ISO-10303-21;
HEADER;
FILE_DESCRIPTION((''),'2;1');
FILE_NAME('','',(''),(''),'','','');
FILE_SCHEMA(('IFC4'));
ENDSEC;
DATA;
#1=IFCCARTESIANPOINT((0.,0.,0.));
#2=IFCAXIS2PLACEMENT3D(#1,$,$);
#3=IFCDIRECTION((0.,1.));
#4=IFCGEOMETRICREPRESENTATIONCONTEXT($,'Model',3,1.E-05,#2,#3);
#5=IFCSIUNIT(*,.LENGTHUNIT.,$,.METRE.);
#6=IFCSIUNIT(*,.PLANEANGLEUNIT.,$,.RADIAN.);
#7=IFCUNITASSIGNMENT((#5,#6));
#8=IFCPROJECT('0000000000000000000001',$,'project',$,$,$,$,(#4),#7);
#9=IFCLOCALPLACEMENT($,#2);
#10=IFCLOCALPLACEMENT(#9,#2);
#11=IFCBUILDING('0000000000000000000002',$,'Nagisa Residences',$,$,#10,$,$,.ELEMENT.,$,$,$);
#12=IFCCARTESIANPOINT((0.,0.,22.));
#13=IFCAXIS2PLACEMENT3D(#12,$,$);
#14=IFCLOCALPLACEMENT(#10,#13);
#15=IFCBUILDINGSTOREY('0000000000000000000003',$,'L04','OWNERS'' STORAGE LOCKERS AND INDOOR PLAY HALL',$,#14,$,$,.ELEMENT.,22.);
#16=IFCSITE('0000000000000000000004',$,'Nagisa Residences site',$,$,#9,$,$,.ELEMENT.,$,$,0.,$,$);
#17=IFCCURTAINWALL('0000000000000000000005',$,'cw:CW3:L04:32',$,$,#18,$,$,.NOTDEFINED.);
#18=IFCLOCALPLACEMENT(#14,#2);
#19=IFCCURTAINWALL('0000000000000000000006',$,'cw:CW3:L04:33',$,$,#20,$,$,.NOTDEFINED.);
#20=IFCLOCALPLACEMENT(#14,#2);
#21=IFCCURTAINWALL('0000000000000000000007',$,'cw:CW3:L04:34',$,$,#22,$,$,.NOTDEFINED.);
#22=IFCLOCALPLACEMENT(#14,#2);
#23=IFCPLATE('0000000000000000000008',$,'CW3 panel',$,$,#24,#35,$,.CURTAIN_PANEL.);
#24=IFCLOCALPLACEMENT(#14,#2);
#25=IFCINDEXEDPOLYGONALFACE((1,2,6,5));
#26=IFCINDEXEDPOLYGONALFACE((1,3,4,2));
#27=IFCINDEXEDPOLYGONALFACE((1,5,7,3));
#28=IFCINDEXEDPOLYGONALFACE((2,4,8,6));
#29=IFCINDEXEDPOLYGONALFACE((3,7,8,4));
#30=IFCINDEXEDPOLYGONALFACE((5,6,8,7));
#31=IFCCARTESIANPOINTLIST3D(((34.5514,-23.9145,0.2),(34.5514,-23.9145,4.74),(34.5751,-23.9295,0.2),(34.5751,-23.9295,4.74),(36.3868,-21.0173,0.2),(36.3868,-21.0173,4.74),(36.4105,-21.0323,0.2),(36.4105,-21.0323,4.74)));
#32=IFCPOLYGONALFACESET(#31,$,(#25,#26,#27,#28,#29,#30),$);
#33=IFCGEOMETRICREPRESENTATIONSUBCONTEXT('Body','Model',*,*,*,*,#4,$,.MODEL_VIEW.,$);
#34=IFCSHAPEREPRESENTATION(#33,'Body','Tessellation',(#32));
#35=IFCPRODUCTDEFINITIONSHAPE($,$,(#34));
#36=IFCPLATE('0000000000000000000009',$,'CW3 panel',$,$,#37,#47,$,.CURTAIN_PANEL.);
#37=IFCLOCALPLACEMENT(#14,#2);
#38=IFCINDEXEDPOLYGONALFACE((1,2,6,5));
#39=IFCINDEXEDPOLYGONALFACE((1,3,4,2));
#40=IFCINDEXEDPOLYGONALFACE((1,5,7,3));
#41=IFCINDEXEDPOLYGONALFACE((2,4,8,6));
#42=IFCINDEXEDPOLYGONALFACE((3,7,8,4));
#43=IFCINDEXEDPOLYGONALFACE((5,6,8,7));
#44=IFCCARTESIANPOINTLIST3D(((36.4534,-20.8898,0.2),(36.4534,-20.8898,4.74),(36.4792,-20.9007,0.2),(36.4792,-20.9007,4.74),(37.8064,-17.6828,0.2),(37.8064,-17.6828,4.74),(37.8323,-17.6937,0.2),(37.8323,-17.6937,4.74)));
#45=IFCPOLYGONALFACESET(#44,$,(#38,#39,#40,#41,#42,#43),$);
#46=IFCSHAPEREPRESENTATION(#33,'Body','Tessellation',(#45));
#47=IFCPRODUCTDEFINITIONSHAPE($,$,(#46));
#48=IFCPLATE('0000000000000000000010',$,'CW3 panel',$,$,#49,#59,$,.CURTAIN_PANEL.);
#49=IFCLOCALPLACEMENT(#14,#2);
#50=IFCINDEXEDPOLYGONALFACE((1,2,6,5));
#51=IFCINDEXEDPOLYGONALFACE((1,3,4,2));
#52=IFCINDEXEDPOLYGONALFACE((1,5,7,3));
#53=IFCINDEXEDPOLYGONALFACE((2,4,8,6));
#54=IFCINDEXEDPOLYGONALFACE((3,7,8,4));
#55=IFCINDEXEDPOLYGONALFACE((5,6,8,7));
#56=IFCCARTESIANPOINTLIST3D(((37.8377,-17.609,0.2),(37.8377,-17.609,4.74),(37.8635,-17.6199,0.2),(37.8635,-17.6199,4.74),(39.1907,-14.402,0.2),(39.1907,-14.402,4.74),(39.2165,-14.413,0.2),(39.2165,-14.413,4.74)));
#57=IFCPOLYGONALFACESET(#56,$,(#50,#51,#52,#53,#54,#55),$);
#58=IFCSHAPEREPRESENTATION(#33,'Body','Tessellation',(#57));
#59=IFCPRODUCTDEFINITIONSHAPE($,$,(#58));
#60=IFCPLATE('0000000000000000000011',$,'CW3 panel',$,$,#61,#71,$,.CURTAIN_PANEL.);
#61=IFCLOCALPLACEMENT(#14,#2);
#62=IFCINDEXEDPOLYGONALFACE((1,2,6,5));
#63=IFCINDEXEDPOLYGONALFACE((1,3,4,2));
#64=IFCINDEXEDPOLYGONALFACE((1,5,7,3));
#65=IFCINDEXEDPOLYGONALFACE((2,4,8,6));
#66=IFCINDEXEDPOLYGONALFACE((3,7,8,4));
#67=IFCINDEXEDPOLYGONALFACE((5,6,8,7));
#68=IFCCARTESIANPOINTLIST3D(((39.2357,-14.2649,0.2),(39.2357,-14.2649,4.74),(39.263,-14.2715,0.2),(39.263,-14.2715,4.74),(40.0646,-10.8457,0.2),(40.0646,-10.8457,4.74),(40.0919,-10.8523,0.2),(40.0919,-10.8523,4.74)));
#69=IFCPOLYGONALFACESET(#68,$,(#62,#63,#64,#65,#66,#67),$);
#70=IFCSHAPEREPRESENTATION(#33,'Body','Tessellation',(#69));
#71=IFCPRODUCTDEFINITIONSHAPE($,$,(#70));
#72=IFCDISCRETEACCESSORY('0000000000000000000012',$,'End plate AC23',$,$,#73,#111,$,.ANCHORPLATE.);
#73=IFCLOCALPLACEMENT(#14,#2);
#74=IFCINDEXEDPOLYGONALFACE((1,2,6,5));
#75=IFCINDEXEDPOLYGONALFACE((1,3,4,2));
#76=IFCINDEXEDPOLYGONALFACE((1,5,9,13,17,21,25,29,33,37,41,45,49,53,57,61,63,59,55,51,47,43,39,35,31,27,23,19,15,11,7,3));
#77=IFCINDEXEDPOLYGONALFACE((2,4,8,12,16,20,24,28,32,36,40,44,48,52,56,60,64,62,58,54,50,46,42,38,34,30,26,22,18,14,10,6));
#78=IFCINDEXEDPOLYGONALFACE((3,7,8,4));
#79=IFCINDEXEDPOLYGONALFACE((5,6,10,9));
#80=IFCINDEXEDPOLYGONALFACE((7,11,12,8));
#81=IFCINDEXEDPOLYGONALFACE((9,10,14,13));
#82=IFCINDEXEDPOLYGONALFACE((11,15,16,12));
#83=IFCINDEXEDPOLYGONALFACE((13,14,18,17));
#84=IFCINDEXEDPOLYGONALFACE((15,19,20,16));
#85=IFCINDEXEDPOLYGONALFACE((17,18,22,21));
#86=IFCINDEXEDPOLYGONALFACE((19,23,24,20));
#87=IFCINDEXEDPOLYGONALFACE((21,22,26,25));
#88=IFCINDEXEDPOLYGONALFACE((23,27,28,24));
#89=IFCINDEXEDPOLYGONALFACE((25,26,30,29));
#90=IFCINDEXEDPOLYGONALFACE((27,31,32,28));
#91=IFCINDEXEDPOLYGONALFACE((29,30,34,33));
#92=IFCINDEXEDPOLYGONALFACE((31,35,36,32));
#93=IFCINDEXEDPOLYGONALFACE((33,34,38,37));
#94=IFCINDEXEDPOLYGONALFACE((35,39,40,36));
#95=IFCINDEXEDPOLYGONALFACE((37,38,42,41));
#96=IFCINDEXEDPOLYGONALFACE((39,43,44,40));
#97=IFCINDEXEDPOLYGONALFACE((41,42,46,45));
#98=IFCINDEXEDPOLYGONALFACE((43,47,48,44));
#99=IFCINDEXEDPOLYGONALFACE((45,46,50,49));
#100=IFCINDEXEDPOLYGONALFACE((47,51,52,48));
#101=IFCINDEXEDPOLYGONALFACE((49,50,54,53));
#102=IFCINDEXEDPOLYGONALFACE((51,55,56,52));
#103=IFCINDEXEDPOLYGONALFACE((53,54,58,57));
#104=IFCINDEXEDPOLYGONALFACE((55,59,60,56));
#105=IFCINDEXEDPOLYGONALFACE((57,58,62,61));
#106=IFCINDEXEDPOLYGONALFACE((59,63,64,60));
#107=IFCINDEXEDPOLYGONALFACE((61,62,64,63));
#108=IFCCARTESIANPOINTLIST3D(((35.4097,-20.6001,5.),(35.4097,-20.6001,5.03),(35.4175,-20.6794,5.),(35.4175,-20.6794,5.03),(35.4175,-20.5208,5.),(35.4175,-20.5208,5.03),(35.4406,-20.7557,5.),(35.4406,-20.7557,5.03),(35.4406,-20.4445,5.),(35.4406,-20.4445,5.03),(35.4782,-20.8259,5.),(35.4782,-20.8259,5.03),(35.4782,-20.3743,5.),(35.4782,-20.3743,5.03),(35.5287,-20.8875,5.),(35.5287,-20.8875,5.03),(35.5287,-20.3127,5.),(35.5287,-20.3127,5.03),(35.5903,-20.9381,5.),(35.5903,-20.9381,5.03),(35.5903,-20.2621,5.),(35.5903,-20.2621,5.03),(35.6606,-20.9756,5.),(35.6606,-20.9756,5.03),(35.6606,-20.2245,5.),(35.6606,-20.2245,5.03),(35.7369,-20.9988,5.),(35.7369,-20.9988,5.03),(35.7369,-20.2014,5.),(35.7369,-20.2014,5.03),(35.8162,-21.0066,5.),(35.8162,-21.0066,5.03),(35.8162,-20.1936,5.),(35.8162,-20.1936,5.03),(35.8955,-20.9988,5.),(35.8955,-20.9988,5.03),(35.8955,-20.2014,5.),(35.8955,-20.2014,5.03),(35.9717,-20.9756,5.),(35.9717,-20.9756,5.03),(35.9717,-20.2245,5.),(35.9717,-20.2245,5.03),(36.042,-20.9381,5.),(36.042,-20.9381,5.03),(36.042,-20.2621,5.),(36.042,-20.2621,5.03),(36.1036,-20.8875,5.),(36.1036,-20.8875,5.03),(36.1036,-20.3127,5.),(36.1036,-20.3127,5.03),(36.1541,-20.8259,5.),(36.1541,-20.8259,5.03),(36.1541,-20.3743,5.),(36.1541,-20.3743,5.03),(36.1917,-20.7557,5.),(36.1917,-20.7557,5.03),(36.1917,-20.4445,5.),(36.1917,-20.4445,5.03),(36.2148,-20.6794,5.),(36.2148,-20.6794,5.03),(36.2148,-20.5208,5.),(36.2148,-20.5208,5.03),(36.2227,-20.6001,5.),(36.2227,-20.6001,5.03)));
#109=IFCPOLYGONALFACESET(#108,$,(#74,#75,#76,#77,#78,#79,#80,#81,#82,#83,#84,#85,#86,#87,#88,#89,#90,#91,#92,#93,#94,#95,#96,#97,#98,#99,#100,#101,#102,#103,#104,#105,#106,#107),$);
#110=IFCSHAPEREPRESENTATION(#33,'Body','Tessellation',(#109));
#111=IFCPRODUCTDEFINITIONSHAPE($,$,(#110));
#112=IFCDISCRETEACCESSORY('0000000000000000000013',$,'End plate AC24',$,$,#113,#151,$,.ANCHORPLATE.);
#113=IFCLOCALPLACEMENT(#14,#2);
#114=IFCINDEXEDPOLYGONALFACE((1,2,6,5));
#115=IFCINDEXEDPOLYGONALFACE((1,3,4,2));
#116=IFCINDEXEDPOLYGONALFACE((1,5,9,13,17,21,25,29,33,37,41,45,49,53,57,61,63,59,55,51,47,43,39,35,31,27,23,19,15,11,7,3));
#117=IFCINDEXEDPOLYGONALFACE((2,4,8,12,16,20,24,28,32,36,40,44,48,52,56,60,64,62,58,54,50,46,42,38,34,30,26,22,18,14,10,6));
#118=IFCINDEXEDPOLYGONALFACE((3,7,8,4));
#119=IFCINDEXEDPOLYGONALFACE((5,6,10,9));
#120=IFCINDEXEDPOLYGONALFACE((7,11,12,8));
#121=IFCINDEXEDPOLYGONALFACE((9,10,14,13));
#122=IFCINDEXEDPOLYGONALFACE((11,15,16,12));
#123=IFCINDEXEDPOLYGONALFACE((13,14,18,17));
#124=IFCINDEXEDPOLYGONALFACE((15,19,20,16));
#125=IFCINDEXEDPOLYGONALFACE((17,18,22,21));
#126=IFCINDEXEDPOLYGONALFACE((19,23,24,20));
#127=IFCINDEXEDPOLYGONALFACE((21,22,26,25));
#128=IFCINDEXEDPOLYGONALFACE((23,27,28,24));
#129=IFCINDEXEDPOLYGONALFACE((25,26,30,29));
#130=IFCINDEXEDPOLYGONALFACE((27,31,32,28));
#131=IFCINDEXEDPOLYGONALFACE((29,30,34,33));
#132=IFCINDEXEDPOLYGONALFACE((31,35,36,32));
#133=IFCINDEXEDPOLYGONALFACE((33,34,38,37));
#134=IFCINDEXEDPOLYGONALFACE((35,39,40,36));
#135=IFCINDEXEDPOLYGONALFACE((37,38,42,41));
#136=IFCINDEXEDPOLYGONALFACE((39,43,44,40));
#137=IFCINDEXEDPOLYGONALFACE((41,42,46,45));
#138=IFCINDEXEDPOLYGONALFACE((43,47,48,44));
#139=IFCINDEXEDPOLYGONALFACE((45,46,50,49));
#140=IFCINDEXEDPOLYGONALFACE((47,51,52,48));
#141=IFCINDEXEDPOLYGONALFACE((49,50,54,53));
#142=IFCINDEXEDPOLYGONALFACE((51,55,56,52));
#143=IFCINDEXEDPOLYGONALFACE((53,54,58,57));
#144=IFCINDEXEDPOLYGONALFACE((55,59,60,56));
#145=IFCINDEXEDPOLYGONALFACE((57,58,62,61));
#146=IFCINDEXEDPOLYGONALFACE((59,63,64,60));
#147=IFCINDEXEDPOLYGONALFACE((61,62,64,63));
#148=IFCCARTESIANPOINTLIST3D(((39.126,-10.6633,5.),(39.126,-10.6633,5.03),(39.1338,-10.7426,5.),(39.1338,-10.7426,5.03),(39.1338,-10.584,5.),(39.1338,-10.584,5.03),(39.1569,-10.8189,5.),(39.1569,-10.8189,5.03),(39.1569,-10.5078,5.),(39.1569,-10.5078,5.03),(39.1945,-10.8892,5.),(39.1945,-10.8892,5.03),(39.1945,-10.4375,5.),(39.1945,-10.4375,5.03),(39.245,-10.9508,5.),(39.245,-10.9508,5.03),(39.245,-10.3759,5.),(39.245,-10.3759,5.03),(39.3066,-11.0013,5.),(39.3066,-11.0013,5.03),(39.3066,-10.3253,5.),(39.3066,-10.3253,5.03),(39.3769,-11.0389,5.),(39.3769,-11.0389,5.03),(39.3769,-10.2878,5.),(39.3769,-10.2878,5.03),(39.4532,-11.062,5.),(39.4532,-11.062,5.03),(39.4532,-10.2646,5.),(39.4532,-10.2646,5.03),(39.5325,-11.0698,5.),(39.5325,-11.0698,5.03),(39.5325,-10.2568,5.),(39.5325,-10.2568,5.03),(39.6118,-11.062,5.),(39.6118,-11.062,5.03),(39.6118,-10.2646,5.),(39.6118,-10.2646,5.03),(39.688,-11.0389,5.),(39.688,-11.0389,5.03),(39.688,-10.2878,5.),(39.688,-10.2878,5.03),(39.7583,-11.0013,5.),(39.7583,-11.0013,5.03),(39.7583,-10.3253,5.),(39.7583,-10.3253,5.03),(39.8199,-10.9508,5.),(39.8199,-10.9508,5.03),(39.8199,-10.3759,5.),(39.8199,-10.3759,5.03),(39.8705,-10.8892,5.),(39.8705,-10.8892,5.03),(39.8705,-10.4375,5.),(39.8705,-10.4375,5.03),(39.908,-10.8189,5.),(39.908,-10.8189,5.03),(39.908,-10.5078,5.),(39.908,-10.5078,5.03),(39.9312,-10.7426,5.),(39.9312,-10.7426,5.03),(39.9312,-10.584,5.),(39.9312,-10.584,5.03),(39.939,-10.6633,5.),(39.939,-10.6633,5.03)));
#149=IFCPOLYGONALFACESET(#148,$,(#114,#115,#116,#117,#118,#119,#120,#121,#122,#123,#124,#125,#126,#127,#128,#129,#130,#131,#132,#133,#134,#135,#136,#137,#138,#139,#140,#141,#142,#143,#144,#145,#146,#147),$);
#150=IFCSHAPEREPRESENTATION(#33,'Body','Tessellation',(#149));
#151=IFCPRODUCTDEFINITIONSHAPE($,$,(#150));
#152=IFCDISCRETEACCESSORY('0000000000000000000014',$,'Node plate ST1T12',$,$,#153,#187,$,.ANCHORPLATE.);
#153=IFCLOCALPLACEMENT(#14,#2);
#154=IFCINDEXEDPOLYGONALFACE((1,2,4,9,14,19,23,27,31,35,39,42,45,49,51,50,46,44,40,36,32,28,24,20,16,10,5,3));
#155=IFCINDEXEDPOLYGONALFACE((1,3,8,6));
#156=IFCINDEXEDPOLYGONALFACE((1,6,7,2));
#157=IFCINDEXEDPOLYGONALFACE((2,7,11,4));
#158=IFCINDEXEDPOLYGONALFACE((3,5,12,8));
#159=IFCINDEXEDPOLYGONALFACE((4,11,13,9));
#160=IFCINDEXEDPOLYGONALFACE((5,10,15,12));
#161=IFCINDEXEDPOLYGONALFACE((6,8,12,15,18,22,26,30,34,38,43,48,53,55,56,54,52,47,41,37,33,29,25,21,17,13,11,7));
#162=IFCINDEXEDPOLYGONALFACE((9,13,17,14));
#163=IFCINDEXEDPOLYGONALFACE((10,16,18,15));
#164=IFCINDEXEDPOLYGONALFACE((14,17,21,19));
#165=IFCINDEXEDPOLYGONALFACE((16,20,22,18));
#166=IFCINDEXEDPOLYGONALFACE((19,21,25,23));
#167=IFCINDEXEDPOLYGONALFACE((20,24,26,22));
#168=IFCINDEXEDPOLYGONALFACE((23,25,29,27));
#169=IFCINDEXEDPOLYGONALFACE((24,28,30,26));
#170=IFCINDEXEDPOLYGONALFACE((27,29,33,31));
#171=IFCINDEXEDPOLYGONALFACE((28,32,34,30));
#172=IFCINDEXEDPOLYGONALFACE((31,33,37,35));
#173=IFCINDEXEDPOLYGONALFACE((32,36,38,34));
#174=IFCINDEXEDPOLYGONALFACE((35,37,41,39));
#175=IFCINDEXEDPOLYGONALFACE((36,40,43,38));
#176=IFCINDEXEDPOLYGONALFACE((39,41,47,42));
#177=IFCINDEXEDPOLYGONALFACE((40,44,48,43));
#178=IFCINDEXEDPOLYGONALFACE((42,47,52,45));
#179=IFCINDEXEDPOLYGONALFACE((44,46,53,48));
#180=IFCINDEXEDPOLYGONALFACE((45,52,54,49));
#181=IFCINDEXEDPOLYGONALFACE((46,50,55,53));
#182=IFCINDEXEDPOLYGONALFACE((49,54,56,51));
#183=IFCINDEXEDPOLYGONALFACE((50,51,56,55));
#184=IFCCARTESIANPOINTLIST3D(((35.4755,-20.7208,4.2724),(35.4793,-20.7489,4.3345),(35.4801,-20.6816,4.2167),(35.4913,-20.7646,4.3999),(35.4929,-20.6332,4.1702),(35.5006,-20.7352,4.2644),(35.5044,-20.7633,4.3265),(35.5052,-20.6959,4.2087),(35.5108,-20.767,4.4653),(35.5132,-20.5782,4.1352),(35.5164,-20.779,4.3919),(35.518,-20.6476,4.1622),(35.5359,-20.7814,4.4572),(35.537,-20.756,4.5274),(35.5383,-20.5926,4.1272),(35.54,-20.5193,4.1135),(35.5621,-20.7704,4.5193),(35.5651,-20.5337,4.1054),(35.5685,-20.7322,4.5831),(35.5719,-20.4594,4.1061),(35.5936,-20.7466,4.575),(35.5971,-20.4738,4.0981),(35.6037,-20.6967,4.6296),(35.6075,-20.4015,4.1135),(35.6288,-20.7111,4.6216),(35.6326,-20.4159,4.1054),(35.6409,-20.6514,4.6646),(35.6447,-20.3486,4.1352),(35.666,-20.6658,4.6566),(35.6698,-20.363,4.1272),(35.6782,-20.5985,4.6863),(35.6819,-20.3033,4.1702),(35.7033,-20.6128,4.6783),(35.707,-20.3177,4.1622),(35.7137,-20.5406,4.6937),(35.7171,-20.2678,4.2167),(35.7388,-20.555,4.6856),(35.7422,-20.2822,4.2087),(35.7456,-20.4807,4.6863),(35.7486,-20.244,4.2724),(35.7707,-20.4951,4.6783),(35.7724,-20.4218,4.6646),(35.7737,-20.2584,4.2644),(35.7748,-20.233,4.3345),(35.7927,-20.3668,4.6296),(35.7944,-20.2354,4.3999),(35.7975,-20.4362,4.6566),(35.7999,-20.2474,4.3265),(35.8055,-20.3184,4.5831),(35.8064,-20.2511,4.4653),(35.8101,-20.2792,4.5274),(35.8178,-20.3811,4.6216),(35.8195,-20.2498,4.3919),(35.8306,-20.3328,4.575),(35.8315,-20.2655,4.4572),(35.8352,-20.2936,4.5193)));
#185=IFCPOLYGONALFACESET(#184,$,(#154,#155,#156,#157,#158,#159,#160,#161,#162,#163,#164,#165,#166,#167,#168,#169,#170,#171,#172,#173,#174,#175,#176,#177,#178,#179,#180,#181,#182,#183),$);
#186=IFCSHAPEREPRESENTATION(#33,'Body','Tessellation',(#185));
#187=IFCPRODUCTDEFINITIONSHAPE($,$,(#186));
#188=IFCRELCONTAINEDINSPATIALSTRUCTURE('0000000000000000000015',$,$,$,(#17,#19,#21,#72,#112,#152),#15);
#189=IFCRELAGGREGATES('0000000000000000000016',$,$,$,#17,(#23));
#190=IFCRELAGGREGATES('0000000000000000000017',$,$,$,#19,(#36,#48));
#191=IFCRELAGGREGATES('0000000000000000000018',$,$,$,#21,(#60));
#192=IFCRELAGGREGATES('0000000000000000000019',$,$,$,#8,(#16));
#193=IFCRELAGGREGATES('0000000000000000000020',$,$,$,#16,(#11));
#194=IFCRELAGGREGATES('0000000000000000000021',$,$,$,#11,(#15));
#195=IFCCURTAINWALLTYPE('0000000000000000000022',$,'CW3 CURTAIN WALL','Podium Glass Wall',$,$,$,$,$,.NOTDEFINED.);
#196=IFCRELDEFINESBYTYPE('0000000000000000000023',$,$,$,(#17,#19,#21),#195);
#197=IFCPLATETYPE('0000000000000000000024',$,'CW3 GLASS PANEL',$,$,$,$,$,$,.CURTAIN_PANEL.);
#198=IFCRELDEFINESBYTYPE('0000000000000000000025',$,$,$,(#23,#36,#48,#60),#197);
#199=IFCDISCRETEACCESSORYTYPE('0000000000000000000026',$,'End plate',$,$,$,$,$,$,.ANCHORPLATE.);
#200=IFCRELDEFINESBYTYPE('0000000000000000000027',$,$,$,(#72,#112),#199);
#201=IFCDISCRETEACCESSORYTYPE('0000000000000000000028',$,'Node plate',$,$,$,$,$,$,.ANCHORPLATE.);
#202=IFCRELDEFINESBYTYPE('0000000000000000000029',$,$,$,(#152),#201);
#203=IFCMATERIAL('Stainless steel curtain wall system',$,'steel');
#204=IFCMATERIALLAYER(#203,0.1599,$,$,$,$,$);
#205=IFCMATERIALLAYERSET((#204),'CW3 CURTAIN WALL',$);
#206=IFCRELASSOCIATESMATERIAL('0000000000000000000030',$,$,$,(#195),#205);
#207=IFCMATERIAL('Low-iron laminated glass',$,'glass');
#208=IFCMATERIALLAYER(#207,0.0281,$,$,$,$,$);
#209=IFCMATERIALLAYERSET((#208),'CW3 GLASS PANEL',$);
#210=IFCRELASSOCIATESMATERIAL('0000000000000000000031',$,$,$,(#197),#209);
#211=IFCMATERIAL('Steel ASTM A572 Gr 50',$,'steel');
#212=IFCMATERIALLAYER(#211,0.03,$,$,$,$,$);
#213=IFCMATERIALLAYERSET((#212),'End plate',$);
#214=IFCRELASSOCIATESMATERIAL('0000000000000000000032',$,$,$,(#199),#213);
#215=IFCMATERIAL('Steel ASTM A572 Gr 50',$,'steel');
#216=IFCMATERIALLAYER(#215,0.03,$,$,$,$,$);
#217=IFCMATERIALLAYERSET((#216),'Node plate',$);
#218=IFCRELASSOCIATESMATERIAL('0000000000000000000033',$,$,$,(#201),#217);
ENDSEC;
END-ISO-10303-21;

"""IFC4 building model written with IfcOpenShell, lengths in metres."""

from ifc_helpers import new_model, si_unit, direction, frame, origin, origin_2d, place, context, subcontext, project, spatial, rectangle, circle, extrude, material, layer, layer_set, type_object, element, aggregate, save


model = new_model("IFC4")

# Units and contexts
model_context = context("Model", 3, precision=1e-05, world=origin(), true_north=direction((0.0, 1.0)))
body_context = subcontext(model_context, "Body", "Model", "MODEL_VIEW")
ifc_project = project(units=[si_unit("LENGTHUNIT", "METRE"), si_unit("PLANEANGLEUNIT", "RADIAN")], contexts=[model_context])

# Site, building, storey
site_placement = place(None, origin())
site = spatial("IfcSite", under=ifc_project, at=site_placement, Name="Nagisa Residences site", CompositionType="ELEMENT", RefElevation=0.0)
building_placement = place(site_placement, origin())
building = spatial("IfcBuilding", under=site, at=building_placement, Name="Nagisa Residences", CompositionType="ELEMENT")
storey_placement = place(building_placement, frame((0.0, 0.0, 22.0)))
storey = spatial("IfcBuildingStorey", under=building, at=storey_placement, Name="L04", Description="OWNERS' STORAGE LOCKERS AND INDOOR PLAY HALL", CompositionType="ELEMENT", Elevation=22.0)

# Curtain wall
ifc_material_1 = material(Name="Stainless steel curtain wall system", Category="steel")
ifc_layer_1 = layer(ifc_material_1, 0.1599)
ifc_layer_set_1 = layer_set([ifc_layer_1], Name="CW3 CURTAIN WALL")
curtain_wall_type = type_object("IfcCurtainWallType", Name="CW3 CURTAIN WALL", Description="Podium Glass Wall", PredefinedType="NOTDEFINED", material=ifc_layer_set_1)
curtain_wall_1_placement = place(storey_placement, origin())
curtain_wall_1 = element("IfcCurtainWall", 1, at=curtain_wall_1_placement, inside=storey, type_object=curtain_wall_type, Name="cw:CW3:L04:32", PredefinedType="NOTDEFINED")

# Curtain walls
curtain_wall_2_placement = place(storey_placement, origin())
curtain_wall_2 = element("IfcCurtainWall", 2, at=curtain_wall_2_placement, inside=storey, type_object=curtain_wall_type, Name="cw:CW3:L04:33", PredefinedType="NOTDEFINED")
curtain_wall_3_placement = place(storey_placement, origin())
curtain_wall_3 = element("IfcCurtainWall", 3, at=curtain_wall_3_placement, inside=storey, type_object=curtain_wall_type, Name="cw:CW3:L04:34", PredefinedType="NOTDEFINED")

# Plates
ifc_material_2 = material(Name="Low-iron laminated glass", Category="glass")
ifc_layer_2 = layer(ifc_material_2, 0.0281)
ifc_layer_set_2 = layer_set([ifc_layer_2], Name="CW3 GLASS PANEL")
plate_type = type_object("IfcPlateType", Name="CW3 GLASS PANEL", PredefinedType="CURTAIN_PANEL", material=ifc_layer_set_2)
plate_1_placement = place(storey_placement, frame((35.481, -22.4734, 0.2), z_axis=(0.0, 0.0, 1.0), x_axis=(0.535165, 0.844747, 0.0)))
plate_1 = element("IfcPlate", 4, at=plate_1_placement, type_object=plate_type, Name="CW3 panel", PredefinedType="CURTAIN_PANEL", context=body_context, shape_type="SweptSolid", body=[
    extrude(rectangle(XDim=3.4297, YDim=0.0281, at=origin_2d()), origin(), (0.0, 0.0, 1.0), 4.54),
])
aggregate(curtain_wall_1, [plate_1])
plate_2_placement = place(storey_placement, frame((37.1428, -19.2917, 0.2), z_axis=(0.0, 0.0, 1.0), x_axis=(0.388718, 0.921357, 0.0)))
plate_2 = element("IfcPlate", 5, at=plate_2_placement, type_object=plate_type, Name="CW3 panel", PredefinedType="CURTAIN_PANEL", context=body_context, shape_type="SweptSolid", body=[
    extrude(rectangle(XDim=3.4807, YDim=0.0281, at=origin_2d()), origin(), (0.0, 0.0, 1.0), 4.54),
])
plate_3_placement = place(storey_placement, frame((38.5271, -16.011, 0.2), z_axis=(0.0, 0.0, 1.0), x_axis=(0.388718, 0.921357, 0.0)))
plate_3 = element("IfcPlate", 6, at=plate_3_placement, type_object=plate_type, Name="CW3 panel", PredefinedType="CURTAIN_PANEL", context=body_context, shape_type="SweptSolid", body=[
    extrude(rectangle(XDim=3.4807, YDim=0.0281, at=origin_2d()), origin(), (0.0, 0.0, 1.0), 4.54),
])
aggregate(curtain_wall_2, [plate_2, plate_3])
plate_4_placement = place(storey_placement, frame((39.6638, -12.5586, 0.2), z_axis=(0.0, 0.0, 1.0), x_axis=(0.235606, 0.971849, 0.0)))
plate_4 = element("IfcPlate", 7, at=plate_4_placement, type_object=plate_type, Name="CW3 panel", PredefinedType="CURTAIN_PANEL", context=body_context, shape_type="SweptSolid", body=[
    extrude(rectangle(XDim=3.5183, YDim=0.0281, at=origin_2d()), origin(), (0.0, 0.0, 1.0), 4.54),
])
aggregate(curtain_wall_3, [plate_4])

# Discrete accessories
ifc_material_3 = material(Name="Steel ASTM A572 Gr 50", Category="steel")
ifc_layer_3 = layer(ifc_material_3, 0.03)
ifc_layer_set_3 = layer_set([ifc_layer_3], Name="End plate")
discrete_accessory_type_1 = type_object("IfcDiscreteAccessoryType", Name="End plate", PredefinedType="ANCHORPLATE", material=ifc_layer_set_3)
for number, where, z_axis, x_axis, name in (
    (8, (35.8162, -20.6001, 5.0), (0.0, 0.0, 1.0), (1.0, 0.0, 0.0), "End plate AC23"),
    (9, (39.5325, -10.6633, 5.0), (0.0, 0.0, 1.0), (1.0, 0.0, 0.0), "End plate AC24"),
):
    element("IfcDiscreteAccessory", number, at=place(storey_placement, frame(where, z_axis=z_axis, x_axis=x_axis)), inside=storey, type_object=discrete_accessory_type_1, Name=name, PredefinedType="ANCHORPLATE", context=body_context, shape_type="SweptSolid", body=[
        extrude(circle(Radius=0.4065, at=origin_2d()), origin(), (0.0, 0.0, 1.0), 0.03),
    ])
ifc_material_4 = material(Name="Steel ASTM A572 Gr 50", Category="steel")
ifc_layer_4 = layer(ifc_material_4, 0.03)
ifc_layer_set_4 = layer_set([ifc_layer_4], Name="Node plate")
discrete_accessory_type_2 = type_object("IfcDiscreteAccessoryType", Name="Node plate", PredefinedType="ANCHORPLATE", material=ifc_layer_set_4)
discrete_accessory_placement = place(storey_placement, frame((35.6428, -20.5, 4.3999), z_axis=(0.836018, -0.478884, -0.26785), x_axis=(0.497046, 0.867724, 0.0)))
element("IfcDiscreteAccessory", 10, at=discrete_accessory_placement, inside=storey, type_object=discrete_accessory_type_2, Name="Node plate ST1T12", PredefinedType="ANCHORPLATE", context=body_context, shape_type="SweptSolid", body=[
    extrude(circle(Radius=0.3049, at=origin_2d()), origin(), (0.0, 0.0, 1.0), 0.03),
])

save(model, "model.ifc")
